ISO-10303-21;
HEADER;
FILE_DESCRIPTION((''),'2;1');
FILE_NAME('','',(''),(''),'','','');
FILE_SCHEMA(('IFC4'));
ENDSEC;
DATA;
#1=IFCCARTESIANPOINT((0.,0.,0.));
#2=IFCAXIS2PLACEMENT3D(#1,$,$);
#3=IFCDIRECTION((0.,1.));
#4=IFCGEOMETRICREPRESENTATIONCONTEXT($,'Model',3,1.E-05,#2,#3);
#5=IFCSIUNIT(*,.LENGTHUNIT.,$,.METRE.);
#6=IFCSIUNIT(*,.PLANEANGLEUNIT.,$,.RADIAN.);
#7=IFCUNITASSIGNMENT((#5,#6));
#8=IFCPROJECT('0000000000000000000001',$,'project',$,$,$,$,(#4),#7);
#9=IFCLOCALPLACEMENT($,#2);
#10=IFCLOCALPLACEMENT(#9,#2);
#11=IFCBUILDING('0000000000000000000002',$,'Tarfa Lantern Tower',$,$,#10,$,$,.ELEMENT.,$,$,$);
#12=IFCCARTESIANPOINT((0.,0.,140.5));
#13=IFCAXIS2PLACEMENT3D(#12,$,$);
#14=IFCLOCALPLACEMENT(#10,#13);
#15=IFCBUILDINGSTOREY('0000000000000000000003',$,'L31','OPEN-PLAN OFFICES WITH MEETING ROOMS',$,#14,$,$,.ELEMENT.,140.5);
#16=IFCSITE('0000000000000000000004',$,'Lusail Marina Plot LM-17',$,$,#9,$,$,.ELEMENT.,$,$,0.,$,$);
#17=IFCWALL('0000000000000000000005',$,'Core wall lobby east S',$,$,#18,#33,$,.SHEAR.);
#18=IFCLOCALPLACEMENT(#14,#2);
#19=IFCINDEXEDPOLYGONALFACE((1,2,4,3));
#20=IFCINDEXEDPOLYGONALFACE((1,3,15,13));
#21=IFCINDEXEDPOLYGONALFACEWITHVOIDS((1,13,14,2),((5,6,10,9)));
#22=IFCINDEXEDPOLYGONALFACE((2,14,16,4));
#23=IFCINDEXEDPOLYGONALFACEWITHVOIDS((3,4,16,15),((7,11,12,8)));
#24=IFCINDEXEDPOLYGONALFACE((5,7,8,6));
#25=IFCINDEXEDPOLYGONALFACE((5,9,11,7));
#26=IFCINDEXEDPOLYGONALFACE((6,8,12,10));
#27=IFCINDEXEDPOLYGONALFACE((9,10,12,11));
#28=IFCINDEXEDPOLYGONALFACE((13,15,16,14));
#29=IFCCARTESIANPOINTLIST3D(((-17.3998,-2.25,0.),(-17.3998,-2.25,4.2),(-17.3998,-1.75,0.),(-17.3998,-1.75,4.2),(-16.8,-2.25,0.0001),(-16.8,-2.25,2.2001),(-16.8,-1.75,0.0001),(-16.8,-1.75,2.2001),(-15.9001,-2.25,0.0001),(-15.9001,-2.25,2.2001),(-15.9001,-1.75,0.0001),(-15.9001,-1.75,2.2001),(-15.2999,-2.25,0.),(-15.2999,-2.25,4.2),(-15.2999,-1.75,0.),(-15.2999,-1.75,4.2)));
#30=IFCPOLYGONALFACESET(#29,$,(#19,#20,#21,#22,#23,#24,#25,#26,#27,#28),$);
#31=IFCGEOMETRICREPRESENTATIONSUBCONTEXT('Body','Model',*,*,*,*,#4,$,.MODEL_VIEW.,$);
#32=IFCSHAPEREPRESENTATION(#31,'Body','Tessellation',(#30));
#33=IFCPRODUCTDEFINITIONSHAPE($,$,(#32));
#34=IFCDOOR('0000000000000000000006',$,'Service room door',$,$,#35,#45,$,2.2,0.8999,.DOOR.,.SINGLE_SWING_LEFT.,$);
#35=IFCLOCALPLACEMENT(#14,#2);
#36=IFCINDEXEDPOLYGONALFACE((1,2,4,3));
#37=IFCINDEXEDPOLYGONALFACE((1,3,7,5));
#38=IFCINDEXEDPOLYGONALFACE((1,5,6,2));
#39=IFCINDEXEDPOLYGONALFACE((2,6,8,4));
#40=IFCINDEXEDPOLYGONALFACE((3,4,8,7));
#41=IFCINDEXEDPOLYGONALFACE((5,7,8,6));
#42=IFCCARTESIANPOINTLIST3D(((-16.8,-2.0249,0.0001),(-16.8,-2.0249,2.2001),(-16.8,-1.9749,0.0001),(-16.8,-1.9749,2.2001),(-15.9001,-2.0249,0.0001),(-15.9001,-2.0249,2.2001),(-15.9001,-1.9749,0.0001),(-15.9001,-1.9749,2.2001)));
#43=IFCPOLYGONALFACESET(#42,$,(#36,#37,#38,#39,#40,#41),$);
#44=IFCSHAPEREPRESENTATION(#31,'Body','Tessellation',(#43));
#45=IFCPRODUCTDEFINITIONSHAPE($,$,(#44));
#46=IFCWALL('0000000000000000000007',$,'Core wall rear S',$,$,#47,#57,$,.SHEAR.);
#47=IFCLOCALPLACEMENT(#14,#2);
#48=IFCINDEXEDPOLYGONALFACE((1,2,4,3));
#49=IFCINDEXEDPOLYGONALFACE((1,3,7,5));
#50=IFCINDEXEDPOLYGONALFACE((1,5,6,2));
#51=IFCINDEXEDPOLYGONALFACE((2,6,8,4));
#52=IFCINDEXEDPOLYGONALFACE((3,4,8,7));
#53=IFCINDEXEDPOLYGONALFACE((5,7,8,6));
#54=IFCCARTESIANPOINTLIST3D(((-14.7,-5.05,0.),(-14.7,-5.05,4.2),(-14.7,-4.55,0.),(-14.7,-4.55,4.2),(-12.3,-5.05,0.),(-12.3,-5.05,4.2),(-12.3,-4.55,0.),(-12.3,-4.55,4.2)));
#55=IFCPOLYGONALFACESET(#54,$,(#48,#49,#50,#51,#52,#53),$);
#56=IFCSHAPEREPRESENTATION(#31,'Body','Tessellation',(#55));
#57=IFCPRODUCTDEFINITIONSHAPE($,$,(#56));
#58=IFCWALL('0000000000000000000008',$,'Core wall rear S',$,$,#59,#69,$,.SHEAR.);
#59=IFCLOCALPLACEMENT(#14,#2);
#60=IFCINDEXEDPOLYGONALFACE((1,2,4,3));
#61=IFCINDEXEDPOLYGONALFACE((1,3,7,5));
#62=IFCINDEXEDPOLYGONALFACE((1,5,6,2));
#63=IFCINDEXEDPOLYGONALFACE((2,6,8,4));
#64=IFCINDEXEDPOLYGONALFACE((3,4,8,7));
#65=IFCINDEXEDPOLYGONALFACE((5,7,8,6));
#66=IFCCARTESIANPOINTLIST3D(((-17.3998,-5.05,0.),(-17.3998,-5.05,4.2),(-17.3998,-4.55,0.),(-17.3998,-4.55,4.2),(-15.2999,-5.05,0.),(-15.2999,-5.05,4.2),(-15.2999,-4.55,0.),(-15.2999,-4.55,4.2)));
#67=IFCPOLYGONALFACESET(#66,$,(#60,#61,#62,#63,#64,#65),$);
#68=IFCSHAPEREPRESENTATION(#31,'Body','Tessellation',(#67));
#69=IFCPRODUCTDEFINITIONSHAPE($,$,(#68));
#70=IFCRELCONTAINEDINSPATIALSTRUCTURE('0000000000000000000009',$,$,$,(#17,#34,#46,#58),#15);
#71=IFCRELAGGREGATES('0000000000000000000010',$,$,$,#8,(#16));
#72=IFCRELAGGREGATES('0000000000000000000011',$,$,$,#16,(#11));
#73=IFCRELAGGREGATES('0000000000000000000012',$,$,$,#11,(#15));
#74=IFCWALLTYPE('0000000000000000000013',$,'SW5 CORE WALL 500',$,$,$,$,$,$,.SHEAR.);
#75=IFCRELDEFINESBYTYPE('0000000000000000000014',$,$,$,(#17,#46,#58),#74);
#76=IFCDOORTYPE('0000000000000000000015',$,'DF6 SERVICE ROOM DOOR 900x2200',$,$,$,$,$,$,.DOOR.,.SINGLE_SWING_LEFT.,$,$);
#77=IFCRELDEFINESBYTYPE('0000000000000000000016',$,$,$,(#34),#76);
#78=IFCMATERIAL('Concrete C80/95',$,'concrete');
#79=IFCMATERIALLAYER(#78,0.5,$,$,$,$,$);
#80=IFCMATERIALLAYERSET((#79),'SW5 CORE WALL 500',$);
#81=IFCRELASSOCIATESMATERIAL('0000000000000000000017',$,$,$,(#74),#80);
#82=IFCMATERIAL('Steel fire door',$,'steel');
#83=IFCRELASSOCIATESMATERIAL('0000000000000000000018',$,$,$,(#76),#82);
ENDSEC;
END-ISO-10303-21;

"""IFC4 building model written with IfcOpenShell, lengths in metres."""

from ifc_helpers import new_model, si_unit, direction, frame, frame_2d, origin, place, context, subcontext, project, spatial, rectangle, extrude, material, layer, layer_set, type_object, element, fill, save


model = new_model("IFC4")

# Units and contexts
model_context = context("Model", 3, precision=1e-05, world=origin(), true_north=direction((0.0, 1.0)))
body_context = subcontext(model_context, "Body", "Model", "MODEL_VIEW")
ifc_project = project(units=[si_unit("LENGTHUNIT", "METRE"), si_unit("PLANEANGLEUNIT", "RADIAN")], contexts=[model_context])

# Site, building, storey
site_placement = place(None, origin())
site = spatial("IfcSite", under=ifc_project, at=site_placement, Name="Lusail Marina Plot LM-17", CompositionType="ELEMENT", RefElevation=0.0)
building_placement = place(site_placement, origin())
building = spatial("IfcBuilding", under=site, at=building_placement, Name="Tarfa Lantern Tower", CompositionType="ELEMENT")
storey_placement = place(building_placement, frame((0.0, 0.0, 140.5)))
storey = spatial("IfcBuildingStorey", under=building, at=storey_placement, Name="L31", Description="OPEN-PLAN OFFICES WITH MEETING ROOMS", CompositionType="ELEMENT", Elevation=140.5)

# Shared definitions
ifc_material_1 = material(Name="Concrete C80/95", Category="concrete")
ifc_layer_1 = layer(ifc_material_1, 0.5)
ifc_layer_set_1 = layer_set([ifc_layer_1], Name="SW5 CORE WALL 500")
wall_type_1 = type_object("IfcWallType", Name="SW5 CORE WALL 500", PredefinedType="SHEAR", material=ifc_layer_set_1)
ifc_material_2 = material(Name="Steel fire door", Category="steel")
door_type_1 = type_object("IfcDoorType", Name="DF6 SERVICE ROOM DOOR 900x2200", OperationType="SINGLE_SWING_LEFT", PredefinedType="DOOR", material=ifc_material_2)

# Wall, opening, door
wall_1_placement = place(storey_placement, frame((-15.3, -2.0, 0.0), z_axis=(0.0, 0.0, 1.0), x_axis=(-1.0, 0.0, 0.0)))
wall_1 = element("IfcWall", 1, at=wall_1_placement, inside=storey, type_object=wall_type_1, Name="Core wall lobby east S", PredefinedType="SHEAR", context=body_context, shape_type="SweptSolid", body=[
    extrude(rectangle(XDim=2.0999, YDim=0.5, at=frame_2d((1.0498, 0.0))), origin(), (0.0, 0.0, 1.0), 4.2),
])
opening_1_placement = place(wall_1_placement, frame((0.6001, 0.0, 0.0)))
opening_1 = element("IfcOpeningElement", 2, at=opening_1_placement, cuts=wall_1, PredefinedType="OPENING", context=body_context, shape_type="SweptSolid", body=[
    extrude(rectangle(XDim=0.8999, YDim=2.2, at=frame_2d((0.45, 1.1001))), frame((0.0, 0.26, 0.0), z_axis=(0.0, -1.0, 0.0), x_axis=(1.0, 0.0, 0.0)), (0.0, 0.0, 1.0), 0.52),
])
door_1_placement = place(opening_1_placement, origin())
door_1 = element("IfcDoor", 3, at=door_1_placement, inside=storey, type_object=door_type_1, Name="Service room door", OperationType="SINGLE_SWING_LEFT", OverallHeight=2.2, OverallWidth=0.8999, PredefinedType="DOOR", context=body_context, shape_type="SweptSolid", body=[
    extrude(rectangle(XDim=0.8999, YDim=2.2, at=frame_2d((0.45, 1.1001))), frame((0.0, 0.0249, 0.0), z_axis=(0.0, -1.0, 0.0), x_axis=(1.0, 0.0, 0.0)), (0.0, 0.0, 1.0), 0.05),
])
fill(opening_1, door_1)

# Walls
wall_2_placement = place(storey_placement, frame((-12.3, -4.8, 0.0), z_axis=(0.0, 0.0, 1.0), x_axis=(-1.0, 0.0, 0.0)))
element("IfcWall", 4, at=wall_2_placement, inside=storey, type_object=wall_type_1, Name="Core wall rear S", PredefinedType="SHEAR", context=body_context, shape_type="SweptSolid", body=[
    extrude(rectangle(XDim=2.3999, YDim=0.5, at=frame_2d((1.2, 0.0))), origin(), (0.0, 0.0, 1.0), 4.2),
])
wall_3_placement = place(storey_placement, frame((-15.3, -4.8, 0.0), z_axis=(0.0, 0.0, 1.0), x_axis=(-1.0, 0.0, 0.0)))
element("IfcWall", 5, at=wall_3_placement, inside=storey, type_object=wall_type_1, Name="Core wall rear S", PredefinedType="SHEAR", context=body_context, shape_type="SweptSolid", body=[
    extrude(rectangle(XDim=2.0999, YDim=0.5, at=frame_2d((1.0498, 0.0))), origin(), (0.0, 0.0, 1.0), 4.2),
])

save(model, "model.ifc")
